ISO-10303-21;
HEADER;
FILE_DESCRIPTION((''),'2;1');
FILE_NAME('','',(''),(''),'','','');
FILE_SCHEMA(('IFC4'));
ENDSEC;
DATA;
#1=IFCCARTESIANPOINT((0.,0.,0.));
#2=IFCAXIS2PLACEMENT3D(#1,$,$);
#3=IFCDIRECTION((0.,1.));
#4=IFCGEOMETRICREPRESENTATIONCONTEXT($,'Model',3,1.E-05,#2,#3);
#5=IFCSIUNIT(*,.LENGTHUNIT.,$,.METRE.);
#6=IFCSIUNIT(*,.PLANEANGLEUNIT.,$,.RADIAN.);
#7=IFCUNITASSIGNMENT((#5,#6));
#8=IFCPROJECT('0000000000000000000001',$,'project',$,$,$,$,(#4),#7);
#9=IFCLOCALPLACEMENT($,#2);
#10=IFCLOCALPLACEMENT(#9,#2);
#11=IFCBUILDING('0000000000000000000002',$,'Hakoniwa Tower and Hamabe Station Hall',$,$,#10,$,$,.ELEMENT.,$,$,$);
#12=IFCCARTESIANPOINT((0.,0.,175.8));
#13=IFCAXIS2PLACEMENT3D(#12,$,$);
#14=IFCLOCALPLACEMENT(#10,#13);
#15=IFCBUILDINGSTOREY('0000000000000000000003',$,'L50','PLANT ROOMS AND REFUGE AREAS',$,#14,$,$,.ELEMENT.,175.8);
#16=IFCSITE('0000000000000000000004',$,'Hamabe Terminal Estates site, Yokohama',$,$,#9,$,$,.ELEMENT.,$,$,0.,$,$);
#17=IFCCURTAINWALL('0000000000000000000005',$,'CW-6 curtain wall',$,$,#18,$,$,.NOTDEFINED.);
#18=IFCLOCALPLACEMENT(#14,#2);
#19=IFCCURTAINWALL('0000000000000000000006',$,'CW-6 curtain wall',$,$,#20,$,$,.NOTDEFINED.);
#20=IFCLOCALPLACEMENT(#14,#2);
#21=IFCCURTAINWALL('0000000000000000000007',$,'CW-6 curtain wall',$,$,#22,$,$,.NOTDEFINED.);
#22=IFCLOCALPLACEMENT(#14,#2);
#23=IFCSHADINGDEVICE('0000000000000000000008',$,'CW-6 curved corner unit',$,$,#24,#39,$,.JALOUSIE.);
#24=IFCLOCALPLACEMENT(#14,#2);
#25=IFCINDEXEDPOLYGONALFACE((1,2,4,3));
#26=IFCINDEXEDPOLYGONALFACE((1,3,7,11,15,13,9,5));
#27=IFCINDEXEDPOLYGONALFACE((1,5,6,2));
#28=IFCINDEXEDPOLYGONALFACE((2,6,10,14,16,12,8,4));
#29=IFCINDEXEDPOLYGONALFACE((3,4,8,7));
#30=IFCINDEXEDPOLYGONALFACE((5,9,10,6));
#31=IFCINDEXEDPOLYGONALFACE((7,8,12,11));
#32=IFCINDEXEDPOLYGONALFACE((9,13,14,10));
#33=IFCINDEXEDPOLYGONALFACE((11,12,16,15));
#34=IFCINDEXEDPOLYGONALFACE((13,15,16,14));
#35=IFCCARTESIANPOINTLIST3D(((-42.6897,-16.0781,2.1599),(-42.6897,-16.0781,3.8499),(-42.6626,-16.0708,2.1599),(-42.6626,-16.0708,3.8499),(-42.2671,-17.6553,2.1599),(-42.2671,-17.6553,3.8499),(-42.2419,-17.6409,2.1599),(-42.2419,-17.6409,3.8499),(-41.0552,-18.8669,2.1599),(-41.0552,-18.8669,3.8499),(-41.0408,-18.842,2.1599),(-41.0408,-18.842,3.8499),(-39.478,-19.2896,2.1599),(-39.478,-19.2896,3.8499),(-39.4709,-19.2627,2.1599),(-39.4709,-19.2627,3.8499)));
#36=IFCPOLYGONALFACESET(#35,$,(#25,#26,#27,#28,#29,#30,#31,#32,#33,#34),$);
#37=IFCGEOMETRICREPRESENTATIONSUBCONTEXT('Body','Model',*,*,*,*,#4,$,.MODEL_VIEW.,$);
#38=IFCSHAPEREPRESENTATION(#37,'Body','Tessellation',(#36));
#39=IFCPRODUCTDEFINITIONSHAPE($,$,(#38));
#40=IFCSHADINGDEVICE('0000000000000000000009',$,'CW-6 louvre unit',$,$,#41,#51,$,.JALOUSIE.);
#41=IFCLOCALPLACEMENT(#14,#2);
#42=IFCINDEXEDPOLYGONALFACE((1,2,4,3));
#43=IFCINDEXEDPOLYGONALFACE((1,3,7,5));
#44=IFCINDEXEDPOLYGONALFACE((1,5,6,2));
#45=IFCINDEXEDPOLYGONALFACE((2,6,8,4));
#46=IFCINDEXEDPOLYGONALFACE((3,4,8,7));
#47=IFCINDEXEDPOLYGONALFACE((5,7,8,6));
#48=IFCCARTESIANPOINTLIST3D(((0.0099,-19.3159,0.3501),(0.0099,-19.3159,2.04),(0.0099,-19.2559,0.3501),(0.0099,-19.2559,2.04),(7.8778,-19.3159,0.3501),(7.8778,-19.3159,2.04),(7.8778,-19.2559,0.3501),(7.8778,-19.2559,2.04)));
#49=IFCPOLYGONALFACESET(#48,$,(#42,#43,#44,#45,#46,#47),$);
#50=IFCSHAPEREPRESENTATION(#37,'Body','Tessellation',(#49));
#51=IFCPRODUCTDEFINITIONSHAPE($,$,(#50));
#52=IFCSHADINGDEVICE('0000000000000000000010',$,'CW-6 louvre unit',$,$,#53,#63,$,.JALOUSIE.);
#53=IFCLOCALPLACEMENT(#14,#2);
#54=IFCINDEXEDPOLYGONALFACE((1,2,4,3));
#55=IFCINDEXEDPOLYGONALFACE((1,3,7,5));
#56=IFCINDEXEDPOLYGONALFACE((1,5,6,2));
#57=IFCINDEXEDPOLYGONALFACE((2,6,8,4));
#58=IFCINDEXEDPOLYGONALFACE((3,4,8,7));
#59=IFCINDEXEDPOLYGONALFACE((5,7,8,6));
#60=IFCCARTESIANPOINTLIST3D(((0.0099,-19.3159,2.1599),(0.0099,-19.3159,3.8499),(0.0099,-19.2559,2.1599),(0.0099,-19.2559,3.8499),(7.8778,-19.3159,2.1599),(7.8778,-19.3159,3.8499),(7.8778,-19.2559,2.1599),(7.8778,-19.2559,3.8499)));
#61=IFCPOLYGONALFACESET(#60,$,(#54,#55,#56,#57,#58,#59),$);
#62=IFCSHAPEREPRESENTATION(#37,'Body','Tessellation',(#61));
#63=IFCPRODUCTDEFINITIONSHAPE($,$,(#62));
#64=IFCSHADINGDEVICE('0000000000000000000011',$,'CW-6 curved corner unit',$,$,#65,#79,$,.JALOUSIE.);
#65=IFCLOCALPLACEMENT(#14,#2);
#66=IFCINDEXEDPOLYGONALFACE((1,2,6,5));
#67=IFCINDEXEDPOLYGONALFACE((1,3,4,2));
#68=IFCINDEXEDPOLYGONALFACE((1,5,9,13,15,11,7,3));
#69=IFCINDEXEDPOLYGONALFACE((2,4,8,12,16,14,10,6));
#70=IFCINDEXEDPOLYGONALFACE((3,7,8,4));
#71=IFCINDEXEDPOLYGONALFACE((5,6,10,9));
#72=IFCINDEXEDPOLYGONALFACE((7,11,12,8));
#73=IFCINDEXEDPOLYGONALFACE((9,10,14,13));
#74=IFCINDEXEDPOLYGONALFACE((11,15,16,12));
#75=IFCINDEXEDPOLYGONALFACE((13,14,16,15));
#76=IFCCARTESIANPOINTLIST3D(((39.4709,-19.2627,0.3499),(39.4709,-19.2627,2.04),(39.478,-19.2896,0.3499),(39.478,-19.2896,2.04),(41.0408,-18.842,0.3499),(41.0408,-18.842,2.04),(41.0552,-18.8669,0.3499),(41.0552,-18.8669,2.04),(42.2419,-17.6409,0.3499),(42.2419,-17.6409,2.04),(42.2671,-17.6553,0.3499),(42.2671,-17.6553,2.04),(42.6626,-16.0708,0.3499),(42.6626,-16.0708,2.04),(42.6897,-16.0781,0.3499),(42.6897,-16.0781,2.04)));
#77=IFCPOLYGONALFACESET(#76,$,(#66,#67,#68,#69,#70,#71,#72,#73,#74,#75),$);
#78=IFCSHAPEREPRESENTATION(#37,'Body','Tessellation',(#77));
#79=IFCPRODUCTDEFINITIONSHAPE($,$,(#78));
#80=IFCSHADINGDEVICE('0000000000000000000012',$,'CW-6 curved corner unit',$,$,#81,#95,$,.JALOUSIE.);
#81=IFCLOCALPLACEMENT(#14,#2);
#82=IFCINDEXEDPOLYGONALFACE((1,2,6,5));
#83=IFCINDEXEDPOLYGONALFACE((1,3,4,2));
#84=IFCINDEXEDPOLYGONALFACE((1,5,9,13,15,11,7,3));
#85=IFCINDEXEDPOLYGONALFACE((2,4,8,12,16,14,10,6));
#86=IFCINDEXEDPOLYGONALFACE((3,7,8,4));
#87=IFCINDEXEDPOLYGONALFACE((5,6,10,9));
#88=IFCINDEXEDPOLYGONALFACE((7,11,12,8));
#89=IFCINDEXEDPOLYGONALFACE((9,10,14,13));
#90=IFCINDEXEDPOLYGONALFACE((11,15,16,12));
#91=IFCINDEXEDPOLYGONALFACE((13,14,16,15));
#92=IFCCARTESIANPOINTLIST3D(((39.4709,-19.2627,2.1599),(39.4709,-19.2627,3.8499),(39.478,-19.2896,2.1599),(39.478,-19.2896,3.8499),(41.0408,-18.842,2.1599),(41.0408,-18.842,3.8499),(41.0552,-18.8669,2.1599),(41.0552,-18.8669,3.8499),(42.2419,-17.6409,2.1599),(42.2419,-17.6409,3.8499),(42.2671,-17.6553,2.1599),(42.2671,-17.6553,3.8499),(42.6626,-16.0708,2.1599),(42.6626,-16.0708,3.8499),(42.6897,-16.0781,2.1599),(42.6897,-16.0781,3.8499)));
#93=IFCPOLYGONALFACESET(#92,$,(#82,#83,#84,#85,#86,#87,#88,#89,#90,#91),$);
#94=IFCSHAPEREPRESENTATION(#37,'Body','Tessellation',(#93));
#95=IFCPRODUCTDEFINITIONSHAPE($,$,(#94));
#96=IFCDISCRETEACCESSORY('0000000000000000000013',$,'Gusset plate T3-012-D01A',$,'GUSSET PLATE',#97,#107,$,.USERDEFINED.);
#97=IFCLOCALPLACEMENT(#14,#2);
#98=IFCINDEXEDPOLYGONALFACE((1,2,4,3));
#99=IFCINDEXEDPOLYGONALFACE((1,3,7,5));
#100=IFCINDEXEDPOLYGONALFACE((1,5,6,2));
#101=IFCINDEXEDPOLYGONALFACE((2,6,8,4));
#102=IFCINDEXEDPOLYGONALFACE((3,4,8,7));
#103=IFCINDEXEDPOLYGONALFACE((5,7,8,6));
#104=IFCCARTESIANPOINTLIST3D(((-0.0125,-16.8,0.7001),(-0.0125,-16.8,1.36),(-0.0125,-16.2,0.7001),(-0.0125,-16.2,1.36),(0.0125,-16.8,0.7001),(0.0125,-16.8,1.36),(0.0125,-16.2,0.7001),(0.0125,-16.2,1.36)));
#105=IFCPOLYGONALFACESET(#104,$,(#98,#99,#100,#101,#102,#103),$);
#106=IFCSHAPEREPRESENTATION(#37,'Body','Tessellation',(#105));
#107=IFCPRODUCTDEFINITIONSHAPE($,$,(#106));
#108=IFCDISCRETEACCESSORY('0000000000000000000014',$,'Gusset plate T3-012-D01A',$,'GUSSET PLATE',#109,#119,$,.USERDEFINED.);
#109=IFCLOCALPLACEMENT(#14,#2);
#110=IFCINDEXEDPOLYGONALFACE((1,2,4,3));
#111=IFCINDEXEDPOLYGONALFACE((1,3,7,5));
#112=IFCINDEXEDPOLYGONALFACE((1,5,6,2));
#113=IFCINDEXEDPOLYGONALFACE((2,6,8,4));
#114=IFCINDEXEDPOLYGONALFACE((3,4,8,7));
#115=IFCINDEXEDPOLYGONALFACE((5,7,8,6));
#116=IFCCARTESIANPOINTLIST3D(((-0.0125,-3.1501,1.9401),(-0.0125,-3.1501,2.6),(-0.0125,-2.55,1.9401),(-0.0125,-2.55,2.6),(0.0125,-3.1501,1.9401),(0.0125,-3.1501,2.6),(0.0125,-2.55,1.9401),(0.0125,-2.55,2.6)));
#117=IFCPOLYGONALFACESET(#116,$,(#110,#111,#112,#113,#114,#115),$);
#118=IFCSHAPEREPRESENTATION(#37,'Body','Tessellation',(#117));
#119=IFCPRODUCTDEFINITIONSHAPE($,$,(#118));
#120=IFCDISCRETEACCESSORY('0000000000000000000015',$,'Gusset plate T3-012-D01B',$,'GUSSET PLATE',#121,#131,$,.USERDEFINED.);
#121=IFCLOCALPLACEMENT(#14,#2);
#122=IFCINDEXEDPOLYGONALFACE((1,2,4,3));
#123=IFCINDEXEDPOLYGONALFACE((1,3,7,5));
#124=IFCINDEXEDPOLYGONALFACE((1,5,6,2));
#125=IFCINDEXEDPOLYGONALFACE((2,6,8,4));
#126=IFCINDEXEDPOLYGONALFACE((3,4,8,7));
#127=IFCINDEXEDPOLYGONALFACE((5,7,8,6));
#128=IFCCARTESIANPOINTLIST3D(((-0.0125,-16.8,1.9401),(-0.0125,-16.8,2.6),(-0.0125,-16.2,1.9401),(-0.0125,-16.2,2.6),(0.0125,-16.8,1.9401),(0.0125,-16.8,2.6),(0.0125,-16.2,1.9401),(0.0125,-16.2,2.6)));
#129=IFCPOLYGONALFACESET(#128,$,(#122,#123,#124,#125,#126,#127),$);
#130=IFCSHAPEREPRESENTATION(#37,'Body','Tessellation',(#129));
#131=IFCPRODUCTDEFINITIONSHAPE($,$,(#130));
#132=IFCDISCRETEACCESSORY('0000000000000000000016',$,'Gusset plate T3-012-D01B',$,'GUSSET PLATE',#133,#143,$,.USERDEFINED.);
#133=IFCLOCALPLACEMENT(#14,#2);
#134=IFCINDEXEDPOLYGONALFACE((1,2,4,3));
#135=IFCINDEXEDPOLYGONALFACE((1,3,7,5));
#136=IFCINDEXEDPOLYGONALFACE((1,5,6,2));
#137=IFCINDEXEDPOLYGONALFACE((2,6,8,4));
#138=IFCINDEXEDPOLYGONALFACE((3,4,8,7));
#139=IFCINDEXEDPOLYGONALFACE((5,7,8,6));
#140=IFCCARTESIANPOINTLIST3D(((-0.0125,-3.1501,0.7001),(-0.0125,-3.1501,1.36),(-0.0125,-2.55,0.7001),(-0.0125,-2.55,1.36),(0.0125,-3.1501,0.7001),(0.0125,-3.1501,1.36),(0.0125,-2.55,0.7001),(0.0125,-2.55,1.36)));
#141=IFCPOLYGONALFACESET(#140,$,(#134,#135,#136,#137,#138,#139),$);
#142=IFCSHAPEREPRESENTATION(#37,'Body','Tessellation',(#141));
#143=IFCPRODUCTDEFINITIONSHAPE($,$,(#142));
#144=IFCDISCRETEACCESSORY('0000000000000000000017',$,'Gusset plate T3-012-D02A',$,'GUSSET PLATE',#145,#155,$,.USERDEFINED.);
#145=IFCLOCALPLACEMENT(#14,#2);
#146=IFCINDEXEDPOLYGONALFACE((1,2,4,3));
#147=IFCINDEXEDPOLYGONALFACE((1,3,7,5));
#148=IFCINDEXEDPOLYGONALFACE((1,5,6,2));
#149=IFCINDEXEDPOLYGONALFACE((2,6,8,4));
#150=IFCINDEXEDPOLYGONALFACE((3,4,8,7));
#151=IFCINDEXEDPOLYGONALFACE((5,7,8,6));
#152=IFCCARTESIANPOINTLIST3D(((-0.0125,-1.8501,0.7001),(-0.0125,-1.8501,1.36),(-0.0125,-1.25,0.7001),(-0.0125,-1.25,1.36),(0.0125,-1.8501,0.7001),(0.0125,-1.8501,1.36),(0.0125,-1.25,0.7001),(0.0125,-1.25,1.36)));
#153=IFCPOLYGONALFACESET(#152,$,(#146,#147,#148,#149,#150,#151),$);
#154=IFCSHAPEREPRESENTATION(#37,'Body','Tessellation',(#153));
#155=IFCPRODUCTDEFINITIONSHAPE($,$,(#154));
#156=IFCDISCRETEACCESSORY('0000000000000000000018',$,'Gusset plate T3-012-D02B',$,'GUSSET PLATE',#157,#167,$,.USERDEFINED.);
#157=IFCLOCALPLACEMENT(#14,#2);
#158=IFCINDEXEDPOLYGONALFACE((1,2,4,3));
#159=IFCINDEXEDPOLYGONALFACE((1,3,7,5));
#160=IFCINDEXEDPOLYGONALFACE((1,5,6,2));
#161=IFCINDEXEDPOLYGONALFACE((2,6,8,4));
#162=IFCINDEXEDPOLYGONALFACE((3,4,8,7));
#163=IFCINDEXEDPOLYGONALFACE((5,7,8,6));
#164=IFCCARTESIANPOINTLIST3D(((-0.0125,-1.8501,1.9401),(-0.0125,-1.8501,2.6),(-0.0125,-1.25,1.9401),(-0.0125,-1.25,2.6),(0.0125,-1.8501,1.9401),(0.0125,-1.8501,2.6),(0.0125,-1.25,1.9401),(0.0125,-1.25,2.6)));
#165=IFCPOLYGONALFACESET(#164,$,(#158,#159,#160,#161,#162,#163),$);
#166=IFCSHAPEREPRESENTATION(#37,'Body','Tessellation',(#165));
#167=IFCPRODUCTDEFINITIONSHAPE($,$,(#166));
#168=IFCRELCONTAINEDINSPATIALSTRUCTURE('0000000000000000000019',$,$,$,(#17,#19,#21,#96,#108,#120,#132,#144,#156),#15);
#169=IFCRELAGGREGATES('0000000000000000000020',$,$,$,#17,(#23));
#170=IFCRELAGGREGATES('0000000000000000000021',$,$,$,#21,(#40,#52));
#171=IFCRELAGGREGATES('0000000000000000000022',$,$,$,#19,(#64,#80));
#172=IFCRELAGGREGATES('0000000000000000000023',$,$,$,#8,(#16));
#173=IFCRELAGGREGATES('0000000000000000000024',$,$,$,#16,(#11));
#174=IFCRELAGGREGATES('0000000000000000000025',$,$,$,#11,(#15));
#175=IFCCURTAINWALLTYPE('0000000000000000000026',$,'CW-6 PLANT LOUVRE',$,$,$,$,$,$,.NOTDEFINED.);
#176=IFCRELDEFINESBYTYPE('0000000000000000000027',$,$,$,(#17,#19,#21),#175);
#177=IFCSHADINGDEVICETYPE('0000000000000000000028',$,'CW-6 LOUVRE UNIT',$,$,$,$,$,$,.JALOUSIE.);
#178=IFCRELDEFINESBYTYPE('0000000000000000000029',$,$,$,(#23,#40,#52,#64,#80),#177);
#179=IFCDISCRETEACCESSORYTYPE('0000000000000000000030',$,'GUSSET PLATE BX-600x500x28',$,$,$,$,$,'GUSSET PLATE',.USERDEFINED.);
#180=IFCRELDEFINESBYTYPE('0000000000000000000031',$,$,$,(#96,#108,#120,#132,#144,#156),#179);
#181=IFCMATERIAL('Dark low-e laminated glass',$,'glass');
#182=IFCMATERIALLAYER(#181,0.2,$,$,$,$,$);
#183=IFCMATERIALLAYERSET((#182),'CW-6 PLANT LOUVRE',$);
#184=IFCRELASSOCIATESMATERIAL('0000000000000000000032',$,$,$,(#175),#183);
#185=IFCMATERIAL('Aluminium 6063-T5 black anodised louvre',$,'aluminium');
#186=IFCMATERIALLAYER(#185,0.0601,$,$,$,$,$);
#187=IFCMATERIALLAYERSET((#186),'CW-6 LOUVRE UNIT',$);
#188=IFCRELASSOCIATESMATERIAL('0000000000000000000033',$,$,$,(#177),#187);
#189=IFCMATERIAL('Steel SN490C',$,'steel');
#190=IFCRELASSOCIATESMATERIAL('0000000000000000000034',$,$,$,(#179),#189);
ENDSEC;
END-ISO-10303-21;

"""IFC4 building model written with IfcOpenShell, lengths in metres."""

from ifc_helpers import new_model, si_unit, direction, frame, origin, origin_2d, place, context, subcontext, project, spatial, polyline, rectangle, outline, extrude, material, layer, layer_set, material_profile, profile_set, type_object, element, aggregate, save


model = new_model("IFC4")

# Units and contexts
model_context = context("Model", 3, precision=1e-05, world=origin(), true_north=direction((0.0, 1.0)))
body_context = subcontext(model_context, "Body", "Model", "MODEL_VIEW")
ifc_project = project(units=[si_unit("LENGTHUNIT", "METRE"), si_unit("PLANEANGLEUNIT", "RADIAN")], contexts=[model_context])

# Site, building, storey
site_placement = place(None, origin())
site = spatial("IfcSite", under=ifc_project, at=site_placement, Name="Hamabe Terminal Estates site, Yokohama", CompositionType="ELEMENT", RefElevation=0.0)
building_placement = place(site_placement, origin())
building = spatial("IfcBuilding", under=site, at=building_placement, Name="Hakoniwa Tower and Hamabe Station Hall", CompositionType="ELEMENT")
storey_placement = place(building_placement, frame((0.0, 0.0, 175.8)))
storey = spatial("IfcBuildingStorey", under=building, at=storey_placement, Name="L50", Description="PLANT ROOMS AND REFUGE AREAS", CompositionType="ELEMENT", Elevation=175.8)

# Shared definitions
ifc_material_1 = material(Name="Dark low-e laminated glass", Category="glass")
ifc_layer_1 = layer(ifc_material_1, 0.2)
ifc_layer_set_1 = layer_set([ifc_layer_1], Name="CW-6 PLANT LOUVRE")
curtain_wall_type = type_object("IfcCurtainWallType", Name="CW-6 PLANT LOUVRE", PredefinedType="NOTDEFINED", material=ifc_layer_set_1)

# Curtain wall
curtain_wall_1_placement = place(storey_placement, origin())
curtain_wall_1 = element("IfcCurtainWall", 1, at=curtain_wall_1_placement, inside=storey, type_object=curtain_wall_type, Name="CW-6 curtain wall", PredefinedType="NOTDEFINED")

# Curtain wall
curtain_wall_2_placement = place(storey_placement, origin())
curtain_wall_2 = element("IfcCurtainWall", 2, at=curtain_wall_2_placement, inside=storey, type_object=curtain_wall_type, Name="CW-6 curtain wall", PredefinedType="NOTDEFINED")

# Curtain wall
curtain_wall_3_placement = place(storey_placement, origin())
curtain_wall_3 = element("IfcCurtainWall", 3, at=curtain_wall_3_placement, inside=storey, type_object=curtain_wall_type, Name="CW-6 curtain wall", PredefinedType="NOTDEFINED")

# Shading devices
ifc_material_2 = material(Name="Aluminium 6063-T5 black anodised louvre", Category="aluminium")
ifc_layer_2 = layer(ifc_material_2, 0.0601)
ifc_layer_set_2 = layer_set([ifc_layer_2], Name="CW-6 LOUVRE UNIT")
shading_device_type = type_object("IfcShadingDeviceType", Name="CW-6 LOUVRE UNIT", PredefinedType="JALOUSIE", material=ifc_layer_set_2)
shading_device_1_placement = place(storey_placement, frame((0.0, 0.0, 2.1599)))
shading_device_1 = element("IfcShadingDevice", 4, at=shading_device_1_placement, type_object=shading_device_type, Name="CW-6 curved corner unit", PredefinedType="JALOUSIE", context=body_context, shape_type="SweptSolid", body=[
    extrude(outline(polyline([(-42.6897, -16.0781), (-42.2671, -17.6553), (-41.0552, -18.8669), (-39.478, -19.2896), (-39.4709, -19.2627), (-41.0408, -18.842), (-42.2419, -17.6409), (-42.6626, -16.0708), (-42.6897, -16.0781)])), origin(), (0.0, 0.0, 1.0), 1.6899),
])
aggregate(curtain_wall_1, [shading_device_1])
shading_device_2_placement = place(storey_placement, frame((3.9438, -19.2859, 0.3501), z_axis=(0.0, 0.0, 1.0), x_axis=(1.0, 0.0, 0.0)))
shading_device_2 = element("IfcShadingDevice", 5, at=shading_device_2_placement, type_object=shading_device_type, Name="CW-6 louvre unit", PredefinedType="JALOUSIE", context=body_context, shape_type="SweptSolid", body=[
    extrude(rectangle(XDim=7.8679, YDim=0.0601, at=origin_2d()), origin(), (0.0, 0.0, 1.0), 1.6899),
])
shading_device_3_placement = place(storey_placement, frame((3.9438, -19.2859, 2.1599), z_axis=(0.0, 0.0, 1.0), x_axis=(1.0, 0.0, 0.0)))
shading_device_3 = element("IfcShadingDevice", 6, at=shading_device_3_placement, type_object=shading_device_type, Name="CW-6 louvre unit", PredefinedType="JALOUSIE", context=body_context, shape_type="SweptSolid", body=[
    extrude(rectangle(XDim=7.8679, YDim=0.0601, at=origin_2d()), origin(), (0.0, 0.0, 1.0), 1.6899),
])
aggregate(curtain_wall_3, [shading_device_2, shading_device_3])
shading_device_4_placement = place(storey_placement, frame((0.0, 0.0, 0.3499)))
shading_device_4 = element("IfcShadingDevice", 7, at=shading_device_4_placement, type_object=shading_device_type, Name="CW-6 curved corner unit", PredefinedType="JALOUSIE", context=body_context, shape_type="SweptSolid", body=[
    extrude(outline(polyline([(39.478, -19.2896), (41.0552, -18.8669), (42.2671, -17.6553), (42.6897, -16.0781), (42.6626, -16.0708), (42.2419, -17.6409), (41.0408, -18.842), (39.4709, -19.2627), (39.478, -19.2896)])), origin(), (0.0, 0.0, 1.0), 1.6902),
])
shading_device_5_placement = place(storey_placement, frame((0.0, 0.0, 2.1599)))
shading_device_5 = element("IfcShadingDevice", 8, at=shading_device_5_placement, type_object=shading_device_type, Name="CW-6 curved corner unit", PredefinedType="JALOUSIE", context=body_context, shape_type="SweptSolid", body=[
    extrude(outline(polyline([(39.478, -19.2896), (41.0552, -18.8669), (42.2671, -17.6553), (42.6897, -16.0781), (42.6626, -16.0708), (42.2419, -17.6409), (41.0408, -18.842), (39.4709, -19.2627), (39.478, -19.2896)])), origin(), (0.0, 0.0, 1.0), 1.6899),
])
aggregate(curtain_wall_2, [shading_device_4, shading_device_5])

# Discrete accessories
ifc_material_3 = material(Name="Steel SN490C", Category="steel")
ifc_material_profile_1 = material_profile(ifc_material_3, rectangle(XDim=0.6001, YDim=0.6599, at=origin_2d()), Name="GUSSET PLATE BX-600x500x28")
ifc_profile_set_1 = profile_set([ifc_material_profile_1], Name="Steel SN490C")
discrete_accessory_type = type_object("IfcDiscreteAccessoryType", Name="GUSSET PLATE BX-600x500x28", ElementType="GUSSET PLATE", PredefinedType="USERDEFINED", material=ifc_profile_set_1)
for number, where, z_axis, x_axis, name in (
    (9, (0.0125, -16.5, 1.03), (-1.0, 0.0, 0.0), (0.0, -1.0, 0.0), "Gusset plate T3-012-D01A"),
    (10, (0.0125, -2.8501, 2.27), (-1.0, 0.0, 0.0), (0.0, -1.0, 0.0), "Gusset plate T3-012-D01A"),
    (11, (0.0125, -16.5, 2.27), (-1.0, 0.0, 0.0), (0.0, -1.0, 0.0), "Gusset plate T3-012-D01B"),
    (12, (0.0125, -2.8501, 1.03), (-1.0, 0.0, 0.0), (0.0, -1.0, 0.0), "Gusset plate T3-012-D01B"),
    (13, (0.0125, -1.55, 1.03), (-1.0, 0.0, 0.0), (0.0, -1.0, 0.0), "Gusset plate T3-012-D02A"),
    (14, (0.0125, -1.55, 2.27), (-1.0, 0.0, 0.0), (0.0, -1.0, 0.0), "Gusset plate T3-012-D02B"),
):
    element("IfcDiscreteAccessory", number, at=place(storey_placement, frame(where, z_axis=z_axis, x_axis=x_axis)), inside=storey, type_object=discrete_accessory_type, Name=name, ObjectType="GUSSET PLATE", PredefinedType="USERDEFINED", context=body_context, shape_type="SweptSolid", body=[
        extrude(rectangle(XDim=0.6001, YDim=0.6599, at=origin_2d()), origin(), (0.0, 0.0, 1.0), 0.0249),
    ])

save(model, "model.ifc")
